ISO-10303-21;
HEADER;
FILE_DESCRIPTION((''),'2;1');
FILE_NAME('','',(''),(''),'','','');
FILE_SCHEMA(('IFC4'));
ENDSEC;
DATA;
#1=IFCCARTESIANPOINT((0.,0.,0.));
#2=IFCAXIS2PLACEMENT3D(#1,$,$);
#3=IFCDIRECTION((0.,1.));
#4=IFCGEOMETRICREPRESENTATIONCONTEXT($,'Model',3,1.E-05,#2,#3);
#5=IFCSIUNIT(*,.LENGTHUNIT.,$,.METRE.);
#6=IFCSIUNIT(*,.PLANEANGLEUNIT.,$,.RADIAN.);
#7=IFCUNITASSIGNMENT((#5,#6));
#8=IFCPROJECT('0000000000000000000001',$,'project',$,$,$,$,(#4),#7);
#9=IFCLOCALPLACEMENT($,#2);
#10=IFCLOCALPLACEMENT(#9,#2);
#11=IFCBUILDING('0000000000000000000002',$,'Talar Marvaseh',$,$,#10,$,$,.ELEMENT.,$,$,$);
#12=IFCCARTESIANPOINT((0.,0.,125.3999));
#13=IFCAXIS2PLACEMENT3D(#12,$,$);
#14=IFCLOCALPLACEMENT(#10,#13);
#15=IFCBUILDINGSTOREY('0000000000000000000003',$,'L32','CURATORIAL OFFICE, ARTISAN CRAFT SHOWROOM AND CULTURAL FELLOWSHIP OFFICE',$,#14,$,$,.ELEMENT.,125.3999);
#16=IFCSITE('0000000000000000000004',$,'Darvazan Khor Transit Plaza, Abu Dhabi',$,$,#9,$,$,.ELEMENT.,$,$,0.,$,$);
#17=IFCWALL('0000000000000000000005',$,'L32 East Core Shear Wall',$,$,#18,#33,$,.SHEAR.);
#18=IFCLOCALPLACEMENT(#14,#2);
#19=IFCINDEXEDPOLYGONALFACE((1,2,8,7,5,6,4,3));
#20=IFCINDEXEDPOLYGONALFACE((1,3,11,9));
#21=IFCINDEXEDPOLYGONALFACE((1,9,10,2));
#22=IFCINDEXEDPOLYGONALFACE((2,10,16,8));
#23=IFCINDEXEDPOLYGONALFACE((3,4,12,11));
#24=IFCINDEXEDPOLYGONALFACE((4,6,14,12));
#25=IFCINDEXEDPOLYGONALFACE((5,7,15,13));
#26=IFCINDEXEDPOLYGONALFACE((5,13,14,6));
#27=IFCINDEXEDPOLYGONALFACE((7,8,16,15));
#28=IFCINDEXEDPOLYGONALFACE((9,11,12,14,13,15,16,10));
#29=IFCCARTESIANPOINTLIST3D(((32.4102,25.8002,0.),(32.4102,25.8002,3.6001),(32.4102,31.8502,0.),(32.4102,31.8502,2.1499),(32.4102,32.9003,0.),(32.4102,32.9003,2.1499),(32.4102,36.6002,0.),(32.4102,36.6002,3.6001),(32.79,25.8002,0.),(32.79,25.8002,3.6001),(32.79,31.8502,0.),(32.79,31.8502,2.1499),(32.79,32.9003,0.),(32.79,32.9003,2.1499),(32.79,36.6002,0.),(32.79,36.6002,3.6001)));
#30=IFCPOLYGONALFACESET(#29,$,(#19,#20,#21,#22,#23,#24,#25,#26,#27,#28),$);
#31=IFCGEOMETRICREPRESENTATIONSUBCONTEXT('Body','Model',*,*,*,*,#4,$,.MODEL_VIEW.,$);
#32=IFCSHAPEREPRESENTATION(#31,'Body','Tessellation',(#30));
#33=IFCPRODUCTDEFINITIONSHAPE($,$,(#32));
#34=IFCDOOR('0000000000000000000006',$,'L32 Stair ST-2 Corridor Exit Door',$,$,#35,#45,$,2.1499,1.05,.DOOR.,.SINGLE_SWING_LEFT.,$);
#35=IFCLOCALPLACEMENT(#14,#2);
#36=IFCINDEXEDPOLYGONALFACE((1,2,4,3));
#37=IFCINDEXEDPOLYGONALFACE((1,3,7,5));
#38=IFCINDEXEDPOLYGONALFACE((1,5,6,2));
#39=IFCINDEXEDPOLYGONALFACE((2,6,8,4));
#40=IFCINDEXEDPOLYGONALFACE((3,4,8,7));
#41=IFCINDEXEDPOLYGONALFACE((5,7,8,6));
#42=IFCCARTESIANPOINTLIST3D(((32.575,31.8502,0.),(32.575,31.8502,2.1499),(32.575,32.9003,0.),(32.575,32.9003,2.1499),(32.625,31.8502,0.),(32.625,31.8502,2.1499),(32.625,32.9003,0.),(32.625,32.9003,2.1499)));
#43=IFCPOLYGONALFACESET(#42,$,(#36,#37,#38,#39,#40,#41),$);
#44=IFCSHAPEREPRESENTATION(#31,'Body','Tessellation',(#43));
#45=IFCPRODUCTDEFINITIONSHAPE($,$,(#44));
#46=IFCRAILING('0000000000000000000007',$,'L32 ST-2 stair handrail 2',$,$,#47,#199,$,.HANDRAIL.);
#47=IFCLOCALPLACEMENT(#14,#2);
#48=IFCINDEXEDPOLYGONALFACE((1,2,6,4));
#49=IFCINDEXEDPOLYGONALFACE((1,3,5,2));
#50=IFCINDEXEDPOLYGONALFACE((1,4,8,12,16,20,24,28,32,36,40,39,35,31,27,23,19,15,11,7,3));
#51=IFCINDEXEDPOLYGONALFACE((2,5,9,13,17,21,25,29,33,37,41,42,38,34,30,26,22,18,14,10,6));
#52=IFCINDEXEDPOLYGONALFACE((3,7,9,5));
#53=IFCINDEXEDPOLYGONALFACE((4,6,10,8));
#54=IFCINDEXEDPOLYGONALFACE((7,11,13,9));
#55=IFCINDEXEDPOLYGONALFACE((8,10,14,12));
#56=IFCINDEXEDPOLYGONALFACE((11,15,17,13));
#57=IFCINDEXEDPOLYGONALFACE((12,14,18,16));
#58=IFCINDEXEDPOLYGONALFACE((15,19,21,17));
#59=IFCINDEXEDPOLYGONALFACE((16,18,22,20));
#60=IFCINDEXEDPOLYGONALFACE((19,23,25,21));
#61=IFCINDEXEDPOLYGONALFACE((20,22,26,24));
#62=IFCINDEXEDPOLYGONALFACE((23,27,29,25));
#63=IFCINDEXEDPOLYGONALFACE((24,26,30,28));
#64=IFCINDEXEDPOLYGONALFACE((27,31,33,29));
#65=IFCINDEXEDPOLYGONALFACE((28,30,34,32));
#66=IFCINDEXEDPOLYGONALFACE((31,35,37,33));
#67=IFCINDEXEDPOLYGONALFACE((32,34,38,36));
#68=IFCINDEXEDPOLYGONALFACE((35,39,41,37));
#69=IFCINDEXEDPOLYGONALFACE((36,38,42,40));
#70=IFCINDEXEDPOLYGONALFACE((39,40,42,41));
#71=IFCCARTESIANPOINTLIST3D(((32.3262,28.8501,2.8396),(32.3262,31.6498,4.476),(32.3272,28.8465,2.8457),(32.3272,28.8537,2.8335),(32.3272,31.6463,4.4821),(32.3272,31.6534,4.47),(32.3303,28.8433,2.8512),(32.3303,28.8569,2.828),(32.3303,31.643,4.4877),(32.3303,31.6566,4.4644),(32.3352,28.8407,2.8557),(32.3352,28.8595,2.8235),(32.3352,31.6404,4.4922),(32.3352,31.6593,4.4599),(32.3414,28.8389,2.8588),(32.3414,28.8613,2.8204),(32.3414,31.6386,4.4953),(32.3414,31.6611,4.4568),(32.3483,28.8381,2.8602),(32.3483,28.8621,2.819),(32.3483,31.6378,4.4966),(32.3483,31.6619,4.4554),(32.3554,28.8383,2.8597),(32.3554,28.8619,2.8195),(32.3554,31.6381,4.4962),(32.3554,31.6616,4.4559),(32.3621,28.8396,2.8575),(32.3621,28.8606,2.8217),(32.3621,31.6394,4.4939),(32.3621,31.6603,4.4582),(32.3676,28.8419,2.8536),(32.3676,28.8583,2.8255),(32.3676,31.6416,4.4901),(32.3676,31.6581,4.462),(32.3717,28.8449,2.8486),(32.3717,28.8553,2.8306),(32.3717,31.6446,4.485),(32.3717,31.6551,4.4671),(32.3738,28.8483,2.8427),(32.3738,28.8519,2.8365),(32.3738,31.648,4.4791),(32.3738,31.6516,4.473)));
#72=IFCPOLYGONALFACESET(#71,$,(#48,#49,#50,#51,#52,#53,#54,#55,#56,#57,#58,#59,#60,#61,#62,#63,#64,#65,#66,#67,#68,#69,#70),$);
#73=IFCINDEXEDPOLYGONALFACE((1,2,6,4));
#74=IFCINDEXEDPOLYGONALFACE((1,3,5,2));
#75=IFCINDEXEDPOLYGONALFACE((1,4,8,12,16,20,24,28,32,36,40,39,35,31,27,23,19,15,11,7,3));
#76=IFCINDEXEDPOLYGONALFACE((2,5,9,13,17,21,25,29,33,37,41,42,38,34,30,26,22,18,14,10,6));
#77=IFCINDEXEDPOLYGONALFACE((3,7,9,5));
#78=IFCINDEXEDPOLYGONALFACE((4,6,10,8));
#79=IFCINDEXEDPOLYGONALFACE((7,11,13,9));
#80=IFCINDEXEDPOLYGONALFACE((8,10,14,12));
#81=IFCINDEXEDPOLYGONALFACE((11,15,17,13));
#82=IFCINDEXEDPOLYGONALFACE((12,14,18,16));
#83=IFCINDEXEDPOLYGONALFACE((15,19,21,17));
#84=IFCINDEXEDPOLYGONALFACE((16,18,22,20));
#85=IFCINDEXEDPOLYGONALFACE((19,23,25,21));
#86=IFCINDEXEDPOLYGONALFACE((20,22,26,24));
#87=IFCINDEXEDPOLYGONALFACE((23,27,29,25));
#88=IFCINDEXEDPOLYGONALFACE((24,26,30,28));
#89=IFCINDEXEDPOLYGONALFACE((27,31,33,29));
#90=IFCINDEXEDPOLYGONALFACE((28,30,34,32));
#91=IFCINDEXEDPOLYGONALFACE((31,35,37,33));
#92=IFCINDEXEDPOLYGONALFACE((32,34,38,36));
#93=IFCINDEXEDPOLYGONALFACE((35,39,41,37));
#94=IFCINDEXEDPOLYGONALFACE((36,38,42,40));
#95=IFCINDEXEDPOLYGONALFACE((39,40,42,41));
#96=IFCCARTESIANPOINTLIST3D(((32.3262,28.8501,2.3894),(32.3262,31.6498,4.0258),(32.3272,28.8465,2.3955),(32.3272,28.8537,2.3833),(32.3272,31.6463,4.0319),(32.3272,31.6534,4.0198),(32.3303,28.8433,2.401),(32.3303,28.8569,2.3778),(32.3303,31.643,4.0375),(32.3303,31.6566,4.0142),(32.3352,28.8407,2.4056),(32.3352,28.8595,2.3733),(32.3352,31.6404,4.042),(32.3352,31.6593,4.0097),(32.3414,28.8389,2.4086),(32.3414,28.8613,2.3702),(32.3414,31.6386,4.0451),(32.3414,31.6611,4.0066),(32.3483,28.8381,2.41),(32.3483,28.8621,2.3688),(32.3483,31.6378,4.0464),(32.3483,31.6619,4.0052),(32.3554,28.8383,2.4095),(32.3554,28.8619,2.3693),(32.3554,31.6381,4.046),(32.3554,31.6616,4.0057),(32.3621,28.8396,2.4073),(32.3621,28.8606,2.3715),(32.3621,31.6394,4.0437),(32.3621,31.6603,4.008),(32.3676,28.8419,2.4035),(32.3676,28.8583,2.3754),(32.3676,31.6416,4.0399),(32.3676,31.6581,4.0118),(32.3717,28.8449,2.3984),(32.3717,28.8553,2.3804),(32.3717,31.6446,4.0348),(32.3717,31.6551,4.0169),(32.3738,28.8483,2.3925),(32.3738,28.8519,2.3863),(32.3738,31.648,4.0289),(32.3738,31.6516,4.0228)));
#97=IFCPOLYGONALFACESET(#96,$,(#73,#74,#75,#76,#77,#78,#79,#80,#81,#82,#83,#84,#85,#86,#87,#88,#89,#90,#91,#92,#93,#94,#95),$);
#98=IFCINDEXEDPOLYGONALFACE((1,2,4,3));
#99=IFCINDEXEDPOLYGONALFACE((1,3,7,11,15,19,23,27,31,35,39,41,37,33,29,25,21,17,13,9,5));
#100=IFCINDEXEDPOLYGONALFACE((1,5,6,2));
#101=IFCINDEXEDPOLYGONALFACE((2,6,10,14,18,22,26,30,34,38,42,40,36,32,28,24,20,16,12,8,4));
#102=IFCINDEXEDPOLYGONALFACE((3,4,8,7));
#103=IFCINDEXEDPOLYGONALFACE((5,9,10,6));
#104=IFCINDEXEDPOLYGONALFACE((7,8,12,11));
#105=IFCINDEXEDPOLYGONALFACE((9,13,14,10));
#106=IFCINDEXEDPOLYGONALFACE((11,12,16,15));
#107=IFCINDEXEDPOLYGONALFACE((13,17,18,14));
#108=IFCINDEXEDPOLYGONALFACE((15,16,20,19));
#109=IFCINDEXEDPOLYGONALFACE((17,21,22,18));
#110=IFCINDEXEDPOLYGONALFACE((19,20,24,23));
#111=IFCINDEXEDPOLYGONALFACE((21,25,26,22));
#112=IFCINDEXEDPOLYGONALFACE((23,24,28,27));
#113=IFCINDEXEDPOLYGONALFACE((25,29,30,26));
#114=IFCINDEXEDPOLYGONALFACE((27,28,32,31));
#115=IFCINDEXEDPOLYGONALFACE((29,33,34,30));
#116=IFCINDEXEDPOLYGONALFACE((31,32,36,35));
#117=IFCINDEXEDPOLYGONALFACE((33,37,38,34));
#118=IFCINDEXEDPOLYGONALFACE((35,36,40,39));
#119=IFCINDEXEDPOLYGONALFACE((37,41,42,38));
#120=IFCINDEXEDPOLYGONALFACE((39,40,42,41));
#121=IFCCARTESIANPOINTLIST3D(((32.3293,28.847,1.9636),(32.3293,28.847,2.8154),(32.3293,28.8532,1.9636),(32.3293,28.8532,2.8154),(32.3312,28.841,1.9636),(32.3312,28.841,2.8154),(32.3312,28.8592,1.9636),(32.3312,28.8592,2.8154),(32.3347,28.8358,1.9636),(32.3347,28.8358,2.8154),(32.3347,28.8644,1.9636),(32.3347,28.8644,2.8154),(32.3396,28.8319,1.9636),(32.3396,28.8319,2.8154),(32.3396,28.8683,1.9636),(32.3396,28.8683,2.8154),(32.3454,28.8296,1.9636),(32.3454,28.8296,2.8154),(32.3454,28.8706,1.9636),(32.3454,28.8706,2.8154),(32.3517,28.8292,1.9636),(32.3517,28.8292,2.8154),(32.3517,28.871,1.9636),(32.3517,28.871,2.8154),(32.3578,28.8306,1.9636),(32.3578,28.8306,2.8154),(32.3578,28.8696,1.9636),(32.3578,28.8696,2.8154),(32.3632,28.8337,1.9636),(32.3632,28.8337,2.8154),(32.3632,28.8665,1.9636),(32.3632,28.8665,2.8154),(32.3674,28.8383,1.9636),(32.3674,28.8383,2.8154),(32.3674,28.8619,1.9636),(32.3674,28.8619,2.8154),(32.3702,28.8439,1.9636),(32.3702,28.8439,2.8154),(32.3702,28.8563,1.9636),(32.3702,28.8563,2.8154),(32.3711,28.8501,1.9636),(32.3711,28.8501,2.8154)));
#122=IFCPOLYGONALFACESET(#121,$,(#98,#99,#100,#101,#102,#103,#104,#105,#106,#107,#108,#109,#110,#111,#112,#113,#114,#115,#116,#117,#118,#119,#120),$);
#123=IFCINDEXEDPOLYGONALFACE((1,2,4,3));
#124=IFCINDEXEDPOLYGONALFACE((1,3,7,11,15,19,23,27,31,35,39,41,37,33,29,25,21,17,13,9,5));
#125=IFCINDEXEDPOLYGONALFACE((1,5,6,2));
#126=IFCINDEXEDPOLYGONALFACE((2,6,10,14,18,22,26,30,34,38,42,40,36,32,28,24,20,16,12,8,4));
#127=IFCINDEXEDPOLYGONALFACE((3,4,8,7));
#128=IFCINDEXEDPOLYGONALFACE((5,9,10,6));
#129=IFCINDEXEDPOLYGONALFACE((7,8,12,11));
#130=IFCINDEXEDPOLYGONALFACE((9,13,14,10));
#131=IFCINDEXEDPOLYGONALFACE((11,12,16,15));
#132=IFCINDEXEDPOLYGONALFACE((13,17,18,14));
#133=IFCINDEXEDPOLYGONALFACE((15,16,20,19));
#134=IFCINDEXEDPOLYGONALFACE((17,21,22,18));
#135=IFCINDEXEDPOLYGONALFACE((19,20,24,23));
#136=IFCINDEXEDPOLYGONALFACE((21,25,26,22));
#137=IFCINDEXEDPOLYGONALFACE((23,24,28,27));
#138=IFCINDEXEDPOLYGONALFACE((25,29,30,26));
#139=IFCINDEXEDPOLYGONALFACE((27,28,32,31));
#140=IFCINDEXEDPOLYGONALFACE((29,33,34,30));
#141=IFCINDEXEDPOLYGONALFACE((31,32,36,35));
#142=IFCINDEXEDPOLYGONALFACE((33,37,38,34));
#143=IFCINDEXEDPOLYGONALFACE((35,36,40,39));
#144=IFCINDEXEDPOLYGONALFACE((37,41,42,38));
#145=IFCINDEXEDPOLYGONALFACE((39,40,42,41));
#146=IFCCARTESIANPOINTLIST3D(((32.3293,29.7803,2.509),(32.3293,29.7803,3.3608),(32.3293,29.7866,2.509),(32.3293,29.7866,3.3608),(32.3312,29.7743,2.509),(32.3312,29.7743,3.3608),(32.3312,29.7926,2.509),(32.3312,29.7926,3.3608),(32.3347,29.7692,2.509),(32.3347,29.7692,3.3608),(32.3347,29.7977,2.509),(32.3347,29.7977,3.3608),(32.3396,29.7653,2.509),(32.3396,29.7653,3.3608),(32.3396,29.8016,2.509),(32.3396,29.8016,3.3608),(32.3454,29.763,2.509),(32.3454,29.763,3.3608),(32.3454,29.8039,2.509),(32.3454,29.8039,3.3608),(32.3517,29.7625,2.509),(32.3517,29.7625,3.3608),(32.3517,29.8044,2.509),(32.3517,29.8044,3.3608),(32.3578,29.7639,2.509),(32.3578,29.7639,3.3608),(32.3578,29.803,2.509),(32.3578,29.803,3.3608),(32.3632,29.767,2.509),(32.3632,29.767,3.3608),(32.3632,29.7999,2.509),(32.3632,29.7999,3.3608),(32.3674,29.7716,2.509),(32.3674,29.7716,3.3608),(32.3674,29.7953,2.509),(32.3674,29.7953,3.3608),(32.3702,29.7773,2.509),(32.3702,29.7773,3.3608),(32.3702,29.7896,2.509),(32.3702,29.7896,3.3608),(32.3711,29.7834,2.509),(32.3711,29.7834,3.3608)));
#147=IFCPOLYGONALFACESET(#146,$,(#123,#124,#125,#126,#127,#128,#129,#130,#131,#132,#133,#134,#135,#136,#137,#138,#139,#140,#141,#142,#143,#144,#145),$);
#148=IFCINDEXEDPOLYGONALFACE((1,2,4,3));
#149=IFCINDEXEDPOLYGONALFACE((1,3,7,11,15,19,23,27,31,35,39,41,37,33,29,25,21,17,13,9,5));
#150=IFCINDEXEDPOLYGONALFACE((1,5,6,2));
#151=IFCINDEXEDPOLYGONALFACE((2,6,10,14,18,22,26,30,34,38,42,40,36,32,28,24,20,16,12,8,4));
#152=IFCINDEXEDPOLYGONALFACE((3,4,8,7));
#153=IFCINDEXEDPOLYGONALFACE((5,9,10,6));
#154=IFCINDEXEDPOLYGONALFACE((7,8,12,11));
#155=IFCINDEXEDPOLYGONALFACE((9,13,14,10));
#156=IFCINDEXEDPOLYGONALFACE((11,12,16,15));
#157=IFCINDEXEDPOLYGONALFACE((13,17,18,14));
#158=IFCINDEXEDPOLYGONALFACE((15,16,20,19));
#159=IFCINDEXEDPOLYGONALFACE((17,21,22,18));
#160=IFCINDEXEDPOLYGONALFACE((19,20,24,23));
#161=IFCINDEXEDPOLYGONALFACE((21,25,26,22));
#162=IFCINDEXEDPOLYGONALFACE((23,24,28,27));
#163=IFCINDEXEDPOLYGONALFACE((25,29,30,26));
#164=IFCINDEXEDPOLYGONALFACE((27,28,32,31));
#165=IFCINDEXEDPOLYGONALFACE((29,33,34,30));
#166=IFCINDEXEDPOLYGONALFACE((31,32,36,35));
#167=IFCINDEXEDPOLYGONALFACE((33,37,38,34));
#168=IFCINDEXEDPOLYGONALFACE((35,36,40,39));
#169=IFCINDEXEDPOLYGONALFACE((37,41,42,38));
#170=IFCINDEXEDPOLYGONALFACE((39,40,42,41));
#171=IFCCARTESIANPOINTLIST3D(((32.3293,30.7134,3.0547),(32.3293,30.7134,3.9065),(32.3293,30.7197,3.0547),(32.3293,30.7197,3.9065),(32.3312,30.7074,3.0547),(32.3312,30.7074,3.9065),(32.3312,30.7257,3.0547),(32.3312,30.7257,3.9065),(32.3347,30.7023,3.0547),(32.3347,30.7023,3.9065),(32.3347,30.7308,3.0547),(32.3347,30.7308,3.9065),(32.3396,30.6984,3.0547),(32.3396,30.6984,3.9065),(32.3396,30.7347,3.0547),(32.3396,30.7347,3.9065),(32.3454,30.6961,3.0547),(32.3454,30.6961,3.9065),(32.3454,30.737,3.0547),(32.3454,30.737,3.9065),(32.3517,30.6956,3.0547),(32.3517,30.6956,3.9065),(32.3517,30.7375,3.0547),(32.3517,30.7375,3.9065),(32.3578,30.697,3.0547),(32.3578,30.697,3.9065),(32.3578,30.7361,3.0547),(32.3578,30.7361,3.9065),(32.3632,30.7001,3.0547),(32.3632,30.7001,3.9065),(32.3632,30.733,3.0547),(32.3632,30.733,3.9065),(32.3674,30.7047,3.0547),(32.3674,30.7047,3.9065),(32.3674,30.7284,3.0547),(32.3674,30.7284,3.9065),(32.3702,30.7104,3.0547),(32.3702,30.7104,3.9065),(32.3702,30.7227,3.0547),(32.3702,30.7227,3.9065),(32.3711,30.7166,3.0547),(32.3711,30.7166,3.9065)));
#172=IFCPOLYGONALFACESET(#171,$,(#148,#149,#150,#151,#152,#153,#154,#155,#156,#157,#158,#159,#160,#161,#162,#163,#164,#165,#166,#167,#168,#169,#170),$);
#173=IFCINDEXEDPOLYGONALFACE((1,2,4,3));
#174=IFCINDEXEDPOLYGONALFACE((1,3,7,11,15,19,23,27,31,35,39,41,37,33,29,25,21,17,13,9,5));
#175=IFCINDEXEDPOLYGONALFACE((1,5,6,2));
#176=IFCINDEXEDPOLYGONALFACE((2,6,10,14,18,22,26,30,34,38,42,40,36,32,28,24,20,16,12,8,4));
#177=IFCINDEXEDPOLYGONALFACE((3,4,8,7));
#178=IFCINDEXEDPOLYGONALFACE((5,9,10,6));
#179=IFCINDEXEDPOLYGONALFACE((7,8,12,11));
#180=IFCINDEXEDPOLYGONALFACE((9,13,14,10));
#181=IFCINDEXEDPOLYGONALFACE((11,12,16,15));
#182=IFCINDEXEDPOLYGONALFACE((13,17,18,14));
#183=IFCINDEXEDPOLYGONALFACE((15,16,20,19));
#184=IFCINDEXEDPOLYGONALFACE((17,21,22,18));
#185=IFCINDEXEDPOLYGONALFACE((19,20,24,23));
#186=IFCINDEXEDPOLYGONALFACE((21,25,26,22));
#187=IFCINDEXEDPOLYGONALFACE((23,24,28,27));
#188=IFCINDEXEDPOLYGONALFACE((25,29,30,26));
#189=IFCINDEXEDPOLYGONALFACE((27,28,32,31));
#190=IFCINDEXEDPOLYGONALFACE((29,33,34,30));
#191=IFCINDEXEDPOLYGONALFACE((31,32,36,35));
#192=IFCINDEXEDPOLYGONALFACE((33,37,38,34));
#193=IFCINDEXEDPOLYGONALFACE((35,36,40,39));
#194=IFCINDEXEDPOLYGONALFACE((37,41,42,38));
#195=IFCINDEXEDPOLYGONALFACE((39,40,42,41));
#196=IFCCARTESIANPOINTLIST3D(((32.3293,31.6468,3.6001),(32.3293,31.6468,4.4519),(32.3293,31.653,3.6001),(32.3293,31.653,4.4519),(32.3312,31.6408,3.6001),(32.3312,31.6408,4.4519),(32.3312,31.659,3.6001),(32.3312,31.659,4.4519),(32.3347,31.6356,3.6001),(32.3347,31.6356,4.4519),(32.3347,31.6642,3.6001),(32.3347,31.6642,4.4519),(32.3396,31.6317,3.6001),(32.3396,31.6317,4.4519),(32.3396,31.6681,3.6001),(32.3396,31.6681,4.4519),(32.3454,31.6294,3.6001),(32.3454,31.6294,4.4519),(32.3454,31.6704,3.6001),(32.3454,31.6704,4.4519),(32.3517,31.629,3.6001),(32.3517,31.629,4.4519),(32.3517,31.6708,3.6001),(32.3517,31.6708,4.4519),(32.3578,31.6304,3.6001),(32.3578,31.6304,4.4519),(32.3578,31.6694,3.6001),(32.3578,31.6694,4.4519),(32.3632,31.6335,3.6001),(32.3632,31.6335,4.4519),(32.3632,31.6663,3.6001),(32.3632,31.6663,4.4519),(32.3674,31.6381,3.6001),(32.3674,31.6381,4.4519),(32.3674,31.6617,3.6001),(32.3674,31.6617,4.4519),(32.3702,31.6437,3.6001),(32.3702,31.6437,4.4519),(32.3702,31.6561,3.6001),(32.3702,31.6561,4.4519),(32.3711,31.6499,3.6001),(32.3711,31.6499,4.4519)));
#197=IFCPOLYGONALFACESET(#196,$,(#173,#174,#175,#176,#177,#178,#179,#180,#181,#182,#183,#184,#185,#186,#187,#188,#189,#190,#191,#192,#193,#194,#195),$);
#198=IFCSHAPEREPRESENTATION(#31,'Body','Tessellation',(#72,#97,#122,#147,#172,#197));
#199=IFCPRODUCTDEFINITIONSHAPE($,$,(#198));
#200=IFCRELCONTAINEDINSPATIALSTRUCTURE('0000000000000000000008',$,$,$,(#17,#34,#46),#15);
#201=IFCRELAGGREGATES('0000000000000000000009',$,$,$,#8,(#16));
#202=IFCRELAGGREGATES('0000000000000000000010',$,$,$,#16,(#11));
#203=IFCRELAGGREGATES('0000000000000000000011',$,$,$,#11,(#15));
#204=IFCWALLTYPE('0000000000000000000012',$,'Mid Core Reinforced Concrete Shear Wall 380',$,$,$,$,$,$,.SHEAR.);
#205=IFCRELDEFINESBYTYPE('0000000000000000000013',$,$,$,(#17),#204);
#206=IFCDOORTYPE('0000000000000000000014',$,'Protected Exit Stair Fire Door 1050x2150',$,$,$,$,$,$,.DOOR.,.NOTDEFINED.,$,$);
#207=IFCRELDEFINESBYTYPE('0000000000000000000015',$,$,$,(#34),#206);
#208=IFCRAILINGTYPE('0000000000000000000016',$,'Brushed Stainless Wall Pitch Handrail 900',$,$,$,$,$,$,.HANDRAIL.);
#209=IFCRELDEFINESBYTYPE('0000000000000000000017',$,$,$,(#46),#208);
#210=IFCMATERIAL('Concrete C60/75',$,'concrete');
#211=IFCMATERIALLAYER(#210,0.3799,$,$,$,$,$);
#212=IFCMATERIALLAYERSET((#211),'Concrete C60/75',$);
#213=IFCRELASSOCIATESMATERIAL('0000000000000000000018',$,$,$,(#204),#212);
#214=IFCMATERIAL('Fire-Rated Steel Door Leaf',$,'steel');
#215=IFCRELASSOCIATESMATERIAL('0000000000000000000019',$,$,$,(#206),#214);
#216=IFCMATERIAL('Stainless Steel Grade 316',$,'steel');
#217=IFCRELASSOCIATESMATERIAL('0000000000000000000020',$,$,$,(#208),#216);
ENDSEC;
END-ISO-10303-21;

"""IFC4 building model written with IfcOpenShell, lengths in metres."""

from ifc_helpers import new_model, si_unit, direction, frame, frame_2d, origin, origin_2d, place, context, subcontext, project, spatial, rectangle, circle, extrude, source, transform, mapped, material, layer, layer_set, type_object, type_shapes, element, fill, save


model = new_model("IFC4")

# Units and contexts
model_context = context("Model", 3, precision=1e-05, world=origin(), true_north=direction((0.0, 1.0)))
body_context = subcontext(model_context, "Body", "Model", "MODEL_VIEW")
ifc_project = project(units=[si_unit("LENGTHUNIT", "METRE"), si_unit("PLANEANGLEUNIT", "RADIAN")], contexts=[model_context])

# Site, building, storey
site_placement = place(None, origin())
site = spatial("IfcSite", under=ifc_project, at=site_placement, Name="Darvazan Khor Transit Plaza, Abu Dhabi", CompositionType="ELEMENT", RefElevation=0.0)
building_placement = place(site_placement, origin())
building = spatial("IfcBuilding", under=site, at=building_placement, Name="Talar Marvaseh", CompositionType="ELEMENT")
storey_placement = place(building_placement, frame((0.0, 0.0, 125.3999)))
storey = spatial("IfcBuildingStorey", under=building, at=storey_placement, Name="L32", Description="CURATORIAL OFFICE, ARTISAN CRAFT SHOWROOM AND CULTURAL FELLOWSHIP OFFICE", CompositionType="ELEMENT", Elevation=125.3999)

# Shared definitions
ifc_material_1 = material(Name="Concrete C60/75", Category="concrete")

# Wall, opening, door
ifc_layer_1 = layer(ifc_material_1, 0.3799)
ifc_layer_set_1 = layer_set([ifc_layer_1], Name="Concrete C60/75")
wall_type_1 = type_object("IfcWallType", Name="Mid Core Reinforced Concrete Shear Wall 380", PredefinedType="SHEAR", material=ifc_layer_set_1)
wall_1_placement = place(storey_placement, frame((32.6001, 36.6001, 0.0), z_axis=(0.0, 0.0, 1.0), x_axis=(0.0, -1.0, 0.0)))
wall_1 = element("IfcWall", 1, at=wall_1_placement, inside=storey, type_object=wall_type_1, Name="L32 East Core Shear Wall", PredefinedType="SHEAR", context=body_context, shape_type="SweptSolid", body=[
    extrude(rectangle(XDim=10.8, YDim=0.3799, at=frame_2d((5.3999, 0.0))), origin(), (0.0, 0.0, 1.0), 3.6001),
])
opening_1_placement = place(wall_1_placement, frame((3.7, 0.0, 0.0)))
opening_1 = element("IfcOpeningElement", 2, at=opening_1_placement, cuts=wall_1, PredefinedType="OPENING", context=body_context, shape_type="SweptSolid", body=[
    extrude(rectangle(XDim=1.05, YDim=2.1499, at=frame_2d((0.5249, 1.075))), frame((0.0, 0.2, 0.0), z_axis=(0.0, -1.0, 0.0), x_axis=(1.0, 0.0, 0.0)), (0.0, 0.0, 1.0), 0.3999),
])
ifc_material_2 = material(Name="Fire-Rated Steel Door Leaf", Category="steel")
door_type = type_object("IfcDoorType", Name="Protected Exit Stair Fire Door 1050x2150", OperationType="NOTDEFINED", PredefinedType="DOOR", material=ifc_material_2)
shared_shape_1 = source(origin(), body_context, "Body", "SweptSolid", [
    extrude(rectangle(XDim=1.05, YDim=2.1499, at=frame_2d((0.5249, 1.075))), frame((0.0, 0.0249, 0.0), z_axis=(0.0, -1.0, 0.0), x_axis=(1.0, 0.0, 0.0)), (0.0, 0.0, 1.0), 0.05),
])
type_shapes(door_type, [shared_shape_1])
door_placement = place(opening_1_placement, origin())
door = element("IfcDoor", 3, at=door_placement, inside=storey, type_object=door_type, Name="L32 Stair ST-2 Corridor Exit Door", OperationType="SINGLE_SWING_LEFT", OverallHeight=2.1499, OverallWidth=1.05, PredefinedType="DOOR", context=body_context, shape_type="MappedRepresentation", body=[
    mapped(shared_shape_1, transform((0.0, 0.0, 0.0), x_axis=(1.0, 0.0, 0.0), y_axis=(0.0, 1.0, 0.0), z_axis=(0.0, 0.0, 1.0), scale=1.0)),
])
fill(opening_1, door)

# Railing
ifc_material_3 = material(Name="Stainless Steel Grade 316", Category="steel")
railing_type = type_object("IfcRailingType", Name="Brushed Stainless Wall Pitch Handrail 900", PredefinedType="HANDRAIL", material=ifc_material_3)
railing_placement = place(storey_placement, frame((32.3501, 28.8501, 1.9636)))
element("IfcRailing", 4, at=railing_placement, inside=storey, type_object=railing_type, Name="L32 ST-2 stair handrail 2", PredefinedType="HANDRAIL", context=body_context, shape_type="SweptSolid", body=[
    extrude(circle(Radius=0.0239, at=origin_2d()), frame((0.0, 0.0, 0.876), z_axis=(0.0, 0.863342, 0.50462), x_axis=(-1.0, 0.0, 0.0)), (0.0, 0.0, 1.0), 3.2429),
    extrude(circle(Radius=0.0239, at=origin_2d()), frame((0.0, 0.0, 0.4258), z_axis=(0.0, 0.863342, 0.50462), x_axis=(-1.0, 0.0, 0.0)), (0.0, 0.0, 1.0), 3.2429),
    extrude(circle(Radius=0.021, at=origin_2d()), origin(), (0.0, 0.0, 1.0), 0.8518),
    extrude(circle(Radius=0.021, at=origin_2d()), frame((0.0, 0.9333, 0.5454)), (0.0, 0.0, 1.0), 0.8518),
    extrude(circle(Radius=0.021, at=origin_2d()), frame((0.0, 1.8665, 1.0911)), (0.0, 0.0, 1.0), 0.8518),
    extrude(circle(Radius=0.021, at=origin_2d()), frame((0.0, 2.7998, 1.6365)), (0.0, 0.0, 1.0), 0.8518),
])

save(model, "model.ifc")
